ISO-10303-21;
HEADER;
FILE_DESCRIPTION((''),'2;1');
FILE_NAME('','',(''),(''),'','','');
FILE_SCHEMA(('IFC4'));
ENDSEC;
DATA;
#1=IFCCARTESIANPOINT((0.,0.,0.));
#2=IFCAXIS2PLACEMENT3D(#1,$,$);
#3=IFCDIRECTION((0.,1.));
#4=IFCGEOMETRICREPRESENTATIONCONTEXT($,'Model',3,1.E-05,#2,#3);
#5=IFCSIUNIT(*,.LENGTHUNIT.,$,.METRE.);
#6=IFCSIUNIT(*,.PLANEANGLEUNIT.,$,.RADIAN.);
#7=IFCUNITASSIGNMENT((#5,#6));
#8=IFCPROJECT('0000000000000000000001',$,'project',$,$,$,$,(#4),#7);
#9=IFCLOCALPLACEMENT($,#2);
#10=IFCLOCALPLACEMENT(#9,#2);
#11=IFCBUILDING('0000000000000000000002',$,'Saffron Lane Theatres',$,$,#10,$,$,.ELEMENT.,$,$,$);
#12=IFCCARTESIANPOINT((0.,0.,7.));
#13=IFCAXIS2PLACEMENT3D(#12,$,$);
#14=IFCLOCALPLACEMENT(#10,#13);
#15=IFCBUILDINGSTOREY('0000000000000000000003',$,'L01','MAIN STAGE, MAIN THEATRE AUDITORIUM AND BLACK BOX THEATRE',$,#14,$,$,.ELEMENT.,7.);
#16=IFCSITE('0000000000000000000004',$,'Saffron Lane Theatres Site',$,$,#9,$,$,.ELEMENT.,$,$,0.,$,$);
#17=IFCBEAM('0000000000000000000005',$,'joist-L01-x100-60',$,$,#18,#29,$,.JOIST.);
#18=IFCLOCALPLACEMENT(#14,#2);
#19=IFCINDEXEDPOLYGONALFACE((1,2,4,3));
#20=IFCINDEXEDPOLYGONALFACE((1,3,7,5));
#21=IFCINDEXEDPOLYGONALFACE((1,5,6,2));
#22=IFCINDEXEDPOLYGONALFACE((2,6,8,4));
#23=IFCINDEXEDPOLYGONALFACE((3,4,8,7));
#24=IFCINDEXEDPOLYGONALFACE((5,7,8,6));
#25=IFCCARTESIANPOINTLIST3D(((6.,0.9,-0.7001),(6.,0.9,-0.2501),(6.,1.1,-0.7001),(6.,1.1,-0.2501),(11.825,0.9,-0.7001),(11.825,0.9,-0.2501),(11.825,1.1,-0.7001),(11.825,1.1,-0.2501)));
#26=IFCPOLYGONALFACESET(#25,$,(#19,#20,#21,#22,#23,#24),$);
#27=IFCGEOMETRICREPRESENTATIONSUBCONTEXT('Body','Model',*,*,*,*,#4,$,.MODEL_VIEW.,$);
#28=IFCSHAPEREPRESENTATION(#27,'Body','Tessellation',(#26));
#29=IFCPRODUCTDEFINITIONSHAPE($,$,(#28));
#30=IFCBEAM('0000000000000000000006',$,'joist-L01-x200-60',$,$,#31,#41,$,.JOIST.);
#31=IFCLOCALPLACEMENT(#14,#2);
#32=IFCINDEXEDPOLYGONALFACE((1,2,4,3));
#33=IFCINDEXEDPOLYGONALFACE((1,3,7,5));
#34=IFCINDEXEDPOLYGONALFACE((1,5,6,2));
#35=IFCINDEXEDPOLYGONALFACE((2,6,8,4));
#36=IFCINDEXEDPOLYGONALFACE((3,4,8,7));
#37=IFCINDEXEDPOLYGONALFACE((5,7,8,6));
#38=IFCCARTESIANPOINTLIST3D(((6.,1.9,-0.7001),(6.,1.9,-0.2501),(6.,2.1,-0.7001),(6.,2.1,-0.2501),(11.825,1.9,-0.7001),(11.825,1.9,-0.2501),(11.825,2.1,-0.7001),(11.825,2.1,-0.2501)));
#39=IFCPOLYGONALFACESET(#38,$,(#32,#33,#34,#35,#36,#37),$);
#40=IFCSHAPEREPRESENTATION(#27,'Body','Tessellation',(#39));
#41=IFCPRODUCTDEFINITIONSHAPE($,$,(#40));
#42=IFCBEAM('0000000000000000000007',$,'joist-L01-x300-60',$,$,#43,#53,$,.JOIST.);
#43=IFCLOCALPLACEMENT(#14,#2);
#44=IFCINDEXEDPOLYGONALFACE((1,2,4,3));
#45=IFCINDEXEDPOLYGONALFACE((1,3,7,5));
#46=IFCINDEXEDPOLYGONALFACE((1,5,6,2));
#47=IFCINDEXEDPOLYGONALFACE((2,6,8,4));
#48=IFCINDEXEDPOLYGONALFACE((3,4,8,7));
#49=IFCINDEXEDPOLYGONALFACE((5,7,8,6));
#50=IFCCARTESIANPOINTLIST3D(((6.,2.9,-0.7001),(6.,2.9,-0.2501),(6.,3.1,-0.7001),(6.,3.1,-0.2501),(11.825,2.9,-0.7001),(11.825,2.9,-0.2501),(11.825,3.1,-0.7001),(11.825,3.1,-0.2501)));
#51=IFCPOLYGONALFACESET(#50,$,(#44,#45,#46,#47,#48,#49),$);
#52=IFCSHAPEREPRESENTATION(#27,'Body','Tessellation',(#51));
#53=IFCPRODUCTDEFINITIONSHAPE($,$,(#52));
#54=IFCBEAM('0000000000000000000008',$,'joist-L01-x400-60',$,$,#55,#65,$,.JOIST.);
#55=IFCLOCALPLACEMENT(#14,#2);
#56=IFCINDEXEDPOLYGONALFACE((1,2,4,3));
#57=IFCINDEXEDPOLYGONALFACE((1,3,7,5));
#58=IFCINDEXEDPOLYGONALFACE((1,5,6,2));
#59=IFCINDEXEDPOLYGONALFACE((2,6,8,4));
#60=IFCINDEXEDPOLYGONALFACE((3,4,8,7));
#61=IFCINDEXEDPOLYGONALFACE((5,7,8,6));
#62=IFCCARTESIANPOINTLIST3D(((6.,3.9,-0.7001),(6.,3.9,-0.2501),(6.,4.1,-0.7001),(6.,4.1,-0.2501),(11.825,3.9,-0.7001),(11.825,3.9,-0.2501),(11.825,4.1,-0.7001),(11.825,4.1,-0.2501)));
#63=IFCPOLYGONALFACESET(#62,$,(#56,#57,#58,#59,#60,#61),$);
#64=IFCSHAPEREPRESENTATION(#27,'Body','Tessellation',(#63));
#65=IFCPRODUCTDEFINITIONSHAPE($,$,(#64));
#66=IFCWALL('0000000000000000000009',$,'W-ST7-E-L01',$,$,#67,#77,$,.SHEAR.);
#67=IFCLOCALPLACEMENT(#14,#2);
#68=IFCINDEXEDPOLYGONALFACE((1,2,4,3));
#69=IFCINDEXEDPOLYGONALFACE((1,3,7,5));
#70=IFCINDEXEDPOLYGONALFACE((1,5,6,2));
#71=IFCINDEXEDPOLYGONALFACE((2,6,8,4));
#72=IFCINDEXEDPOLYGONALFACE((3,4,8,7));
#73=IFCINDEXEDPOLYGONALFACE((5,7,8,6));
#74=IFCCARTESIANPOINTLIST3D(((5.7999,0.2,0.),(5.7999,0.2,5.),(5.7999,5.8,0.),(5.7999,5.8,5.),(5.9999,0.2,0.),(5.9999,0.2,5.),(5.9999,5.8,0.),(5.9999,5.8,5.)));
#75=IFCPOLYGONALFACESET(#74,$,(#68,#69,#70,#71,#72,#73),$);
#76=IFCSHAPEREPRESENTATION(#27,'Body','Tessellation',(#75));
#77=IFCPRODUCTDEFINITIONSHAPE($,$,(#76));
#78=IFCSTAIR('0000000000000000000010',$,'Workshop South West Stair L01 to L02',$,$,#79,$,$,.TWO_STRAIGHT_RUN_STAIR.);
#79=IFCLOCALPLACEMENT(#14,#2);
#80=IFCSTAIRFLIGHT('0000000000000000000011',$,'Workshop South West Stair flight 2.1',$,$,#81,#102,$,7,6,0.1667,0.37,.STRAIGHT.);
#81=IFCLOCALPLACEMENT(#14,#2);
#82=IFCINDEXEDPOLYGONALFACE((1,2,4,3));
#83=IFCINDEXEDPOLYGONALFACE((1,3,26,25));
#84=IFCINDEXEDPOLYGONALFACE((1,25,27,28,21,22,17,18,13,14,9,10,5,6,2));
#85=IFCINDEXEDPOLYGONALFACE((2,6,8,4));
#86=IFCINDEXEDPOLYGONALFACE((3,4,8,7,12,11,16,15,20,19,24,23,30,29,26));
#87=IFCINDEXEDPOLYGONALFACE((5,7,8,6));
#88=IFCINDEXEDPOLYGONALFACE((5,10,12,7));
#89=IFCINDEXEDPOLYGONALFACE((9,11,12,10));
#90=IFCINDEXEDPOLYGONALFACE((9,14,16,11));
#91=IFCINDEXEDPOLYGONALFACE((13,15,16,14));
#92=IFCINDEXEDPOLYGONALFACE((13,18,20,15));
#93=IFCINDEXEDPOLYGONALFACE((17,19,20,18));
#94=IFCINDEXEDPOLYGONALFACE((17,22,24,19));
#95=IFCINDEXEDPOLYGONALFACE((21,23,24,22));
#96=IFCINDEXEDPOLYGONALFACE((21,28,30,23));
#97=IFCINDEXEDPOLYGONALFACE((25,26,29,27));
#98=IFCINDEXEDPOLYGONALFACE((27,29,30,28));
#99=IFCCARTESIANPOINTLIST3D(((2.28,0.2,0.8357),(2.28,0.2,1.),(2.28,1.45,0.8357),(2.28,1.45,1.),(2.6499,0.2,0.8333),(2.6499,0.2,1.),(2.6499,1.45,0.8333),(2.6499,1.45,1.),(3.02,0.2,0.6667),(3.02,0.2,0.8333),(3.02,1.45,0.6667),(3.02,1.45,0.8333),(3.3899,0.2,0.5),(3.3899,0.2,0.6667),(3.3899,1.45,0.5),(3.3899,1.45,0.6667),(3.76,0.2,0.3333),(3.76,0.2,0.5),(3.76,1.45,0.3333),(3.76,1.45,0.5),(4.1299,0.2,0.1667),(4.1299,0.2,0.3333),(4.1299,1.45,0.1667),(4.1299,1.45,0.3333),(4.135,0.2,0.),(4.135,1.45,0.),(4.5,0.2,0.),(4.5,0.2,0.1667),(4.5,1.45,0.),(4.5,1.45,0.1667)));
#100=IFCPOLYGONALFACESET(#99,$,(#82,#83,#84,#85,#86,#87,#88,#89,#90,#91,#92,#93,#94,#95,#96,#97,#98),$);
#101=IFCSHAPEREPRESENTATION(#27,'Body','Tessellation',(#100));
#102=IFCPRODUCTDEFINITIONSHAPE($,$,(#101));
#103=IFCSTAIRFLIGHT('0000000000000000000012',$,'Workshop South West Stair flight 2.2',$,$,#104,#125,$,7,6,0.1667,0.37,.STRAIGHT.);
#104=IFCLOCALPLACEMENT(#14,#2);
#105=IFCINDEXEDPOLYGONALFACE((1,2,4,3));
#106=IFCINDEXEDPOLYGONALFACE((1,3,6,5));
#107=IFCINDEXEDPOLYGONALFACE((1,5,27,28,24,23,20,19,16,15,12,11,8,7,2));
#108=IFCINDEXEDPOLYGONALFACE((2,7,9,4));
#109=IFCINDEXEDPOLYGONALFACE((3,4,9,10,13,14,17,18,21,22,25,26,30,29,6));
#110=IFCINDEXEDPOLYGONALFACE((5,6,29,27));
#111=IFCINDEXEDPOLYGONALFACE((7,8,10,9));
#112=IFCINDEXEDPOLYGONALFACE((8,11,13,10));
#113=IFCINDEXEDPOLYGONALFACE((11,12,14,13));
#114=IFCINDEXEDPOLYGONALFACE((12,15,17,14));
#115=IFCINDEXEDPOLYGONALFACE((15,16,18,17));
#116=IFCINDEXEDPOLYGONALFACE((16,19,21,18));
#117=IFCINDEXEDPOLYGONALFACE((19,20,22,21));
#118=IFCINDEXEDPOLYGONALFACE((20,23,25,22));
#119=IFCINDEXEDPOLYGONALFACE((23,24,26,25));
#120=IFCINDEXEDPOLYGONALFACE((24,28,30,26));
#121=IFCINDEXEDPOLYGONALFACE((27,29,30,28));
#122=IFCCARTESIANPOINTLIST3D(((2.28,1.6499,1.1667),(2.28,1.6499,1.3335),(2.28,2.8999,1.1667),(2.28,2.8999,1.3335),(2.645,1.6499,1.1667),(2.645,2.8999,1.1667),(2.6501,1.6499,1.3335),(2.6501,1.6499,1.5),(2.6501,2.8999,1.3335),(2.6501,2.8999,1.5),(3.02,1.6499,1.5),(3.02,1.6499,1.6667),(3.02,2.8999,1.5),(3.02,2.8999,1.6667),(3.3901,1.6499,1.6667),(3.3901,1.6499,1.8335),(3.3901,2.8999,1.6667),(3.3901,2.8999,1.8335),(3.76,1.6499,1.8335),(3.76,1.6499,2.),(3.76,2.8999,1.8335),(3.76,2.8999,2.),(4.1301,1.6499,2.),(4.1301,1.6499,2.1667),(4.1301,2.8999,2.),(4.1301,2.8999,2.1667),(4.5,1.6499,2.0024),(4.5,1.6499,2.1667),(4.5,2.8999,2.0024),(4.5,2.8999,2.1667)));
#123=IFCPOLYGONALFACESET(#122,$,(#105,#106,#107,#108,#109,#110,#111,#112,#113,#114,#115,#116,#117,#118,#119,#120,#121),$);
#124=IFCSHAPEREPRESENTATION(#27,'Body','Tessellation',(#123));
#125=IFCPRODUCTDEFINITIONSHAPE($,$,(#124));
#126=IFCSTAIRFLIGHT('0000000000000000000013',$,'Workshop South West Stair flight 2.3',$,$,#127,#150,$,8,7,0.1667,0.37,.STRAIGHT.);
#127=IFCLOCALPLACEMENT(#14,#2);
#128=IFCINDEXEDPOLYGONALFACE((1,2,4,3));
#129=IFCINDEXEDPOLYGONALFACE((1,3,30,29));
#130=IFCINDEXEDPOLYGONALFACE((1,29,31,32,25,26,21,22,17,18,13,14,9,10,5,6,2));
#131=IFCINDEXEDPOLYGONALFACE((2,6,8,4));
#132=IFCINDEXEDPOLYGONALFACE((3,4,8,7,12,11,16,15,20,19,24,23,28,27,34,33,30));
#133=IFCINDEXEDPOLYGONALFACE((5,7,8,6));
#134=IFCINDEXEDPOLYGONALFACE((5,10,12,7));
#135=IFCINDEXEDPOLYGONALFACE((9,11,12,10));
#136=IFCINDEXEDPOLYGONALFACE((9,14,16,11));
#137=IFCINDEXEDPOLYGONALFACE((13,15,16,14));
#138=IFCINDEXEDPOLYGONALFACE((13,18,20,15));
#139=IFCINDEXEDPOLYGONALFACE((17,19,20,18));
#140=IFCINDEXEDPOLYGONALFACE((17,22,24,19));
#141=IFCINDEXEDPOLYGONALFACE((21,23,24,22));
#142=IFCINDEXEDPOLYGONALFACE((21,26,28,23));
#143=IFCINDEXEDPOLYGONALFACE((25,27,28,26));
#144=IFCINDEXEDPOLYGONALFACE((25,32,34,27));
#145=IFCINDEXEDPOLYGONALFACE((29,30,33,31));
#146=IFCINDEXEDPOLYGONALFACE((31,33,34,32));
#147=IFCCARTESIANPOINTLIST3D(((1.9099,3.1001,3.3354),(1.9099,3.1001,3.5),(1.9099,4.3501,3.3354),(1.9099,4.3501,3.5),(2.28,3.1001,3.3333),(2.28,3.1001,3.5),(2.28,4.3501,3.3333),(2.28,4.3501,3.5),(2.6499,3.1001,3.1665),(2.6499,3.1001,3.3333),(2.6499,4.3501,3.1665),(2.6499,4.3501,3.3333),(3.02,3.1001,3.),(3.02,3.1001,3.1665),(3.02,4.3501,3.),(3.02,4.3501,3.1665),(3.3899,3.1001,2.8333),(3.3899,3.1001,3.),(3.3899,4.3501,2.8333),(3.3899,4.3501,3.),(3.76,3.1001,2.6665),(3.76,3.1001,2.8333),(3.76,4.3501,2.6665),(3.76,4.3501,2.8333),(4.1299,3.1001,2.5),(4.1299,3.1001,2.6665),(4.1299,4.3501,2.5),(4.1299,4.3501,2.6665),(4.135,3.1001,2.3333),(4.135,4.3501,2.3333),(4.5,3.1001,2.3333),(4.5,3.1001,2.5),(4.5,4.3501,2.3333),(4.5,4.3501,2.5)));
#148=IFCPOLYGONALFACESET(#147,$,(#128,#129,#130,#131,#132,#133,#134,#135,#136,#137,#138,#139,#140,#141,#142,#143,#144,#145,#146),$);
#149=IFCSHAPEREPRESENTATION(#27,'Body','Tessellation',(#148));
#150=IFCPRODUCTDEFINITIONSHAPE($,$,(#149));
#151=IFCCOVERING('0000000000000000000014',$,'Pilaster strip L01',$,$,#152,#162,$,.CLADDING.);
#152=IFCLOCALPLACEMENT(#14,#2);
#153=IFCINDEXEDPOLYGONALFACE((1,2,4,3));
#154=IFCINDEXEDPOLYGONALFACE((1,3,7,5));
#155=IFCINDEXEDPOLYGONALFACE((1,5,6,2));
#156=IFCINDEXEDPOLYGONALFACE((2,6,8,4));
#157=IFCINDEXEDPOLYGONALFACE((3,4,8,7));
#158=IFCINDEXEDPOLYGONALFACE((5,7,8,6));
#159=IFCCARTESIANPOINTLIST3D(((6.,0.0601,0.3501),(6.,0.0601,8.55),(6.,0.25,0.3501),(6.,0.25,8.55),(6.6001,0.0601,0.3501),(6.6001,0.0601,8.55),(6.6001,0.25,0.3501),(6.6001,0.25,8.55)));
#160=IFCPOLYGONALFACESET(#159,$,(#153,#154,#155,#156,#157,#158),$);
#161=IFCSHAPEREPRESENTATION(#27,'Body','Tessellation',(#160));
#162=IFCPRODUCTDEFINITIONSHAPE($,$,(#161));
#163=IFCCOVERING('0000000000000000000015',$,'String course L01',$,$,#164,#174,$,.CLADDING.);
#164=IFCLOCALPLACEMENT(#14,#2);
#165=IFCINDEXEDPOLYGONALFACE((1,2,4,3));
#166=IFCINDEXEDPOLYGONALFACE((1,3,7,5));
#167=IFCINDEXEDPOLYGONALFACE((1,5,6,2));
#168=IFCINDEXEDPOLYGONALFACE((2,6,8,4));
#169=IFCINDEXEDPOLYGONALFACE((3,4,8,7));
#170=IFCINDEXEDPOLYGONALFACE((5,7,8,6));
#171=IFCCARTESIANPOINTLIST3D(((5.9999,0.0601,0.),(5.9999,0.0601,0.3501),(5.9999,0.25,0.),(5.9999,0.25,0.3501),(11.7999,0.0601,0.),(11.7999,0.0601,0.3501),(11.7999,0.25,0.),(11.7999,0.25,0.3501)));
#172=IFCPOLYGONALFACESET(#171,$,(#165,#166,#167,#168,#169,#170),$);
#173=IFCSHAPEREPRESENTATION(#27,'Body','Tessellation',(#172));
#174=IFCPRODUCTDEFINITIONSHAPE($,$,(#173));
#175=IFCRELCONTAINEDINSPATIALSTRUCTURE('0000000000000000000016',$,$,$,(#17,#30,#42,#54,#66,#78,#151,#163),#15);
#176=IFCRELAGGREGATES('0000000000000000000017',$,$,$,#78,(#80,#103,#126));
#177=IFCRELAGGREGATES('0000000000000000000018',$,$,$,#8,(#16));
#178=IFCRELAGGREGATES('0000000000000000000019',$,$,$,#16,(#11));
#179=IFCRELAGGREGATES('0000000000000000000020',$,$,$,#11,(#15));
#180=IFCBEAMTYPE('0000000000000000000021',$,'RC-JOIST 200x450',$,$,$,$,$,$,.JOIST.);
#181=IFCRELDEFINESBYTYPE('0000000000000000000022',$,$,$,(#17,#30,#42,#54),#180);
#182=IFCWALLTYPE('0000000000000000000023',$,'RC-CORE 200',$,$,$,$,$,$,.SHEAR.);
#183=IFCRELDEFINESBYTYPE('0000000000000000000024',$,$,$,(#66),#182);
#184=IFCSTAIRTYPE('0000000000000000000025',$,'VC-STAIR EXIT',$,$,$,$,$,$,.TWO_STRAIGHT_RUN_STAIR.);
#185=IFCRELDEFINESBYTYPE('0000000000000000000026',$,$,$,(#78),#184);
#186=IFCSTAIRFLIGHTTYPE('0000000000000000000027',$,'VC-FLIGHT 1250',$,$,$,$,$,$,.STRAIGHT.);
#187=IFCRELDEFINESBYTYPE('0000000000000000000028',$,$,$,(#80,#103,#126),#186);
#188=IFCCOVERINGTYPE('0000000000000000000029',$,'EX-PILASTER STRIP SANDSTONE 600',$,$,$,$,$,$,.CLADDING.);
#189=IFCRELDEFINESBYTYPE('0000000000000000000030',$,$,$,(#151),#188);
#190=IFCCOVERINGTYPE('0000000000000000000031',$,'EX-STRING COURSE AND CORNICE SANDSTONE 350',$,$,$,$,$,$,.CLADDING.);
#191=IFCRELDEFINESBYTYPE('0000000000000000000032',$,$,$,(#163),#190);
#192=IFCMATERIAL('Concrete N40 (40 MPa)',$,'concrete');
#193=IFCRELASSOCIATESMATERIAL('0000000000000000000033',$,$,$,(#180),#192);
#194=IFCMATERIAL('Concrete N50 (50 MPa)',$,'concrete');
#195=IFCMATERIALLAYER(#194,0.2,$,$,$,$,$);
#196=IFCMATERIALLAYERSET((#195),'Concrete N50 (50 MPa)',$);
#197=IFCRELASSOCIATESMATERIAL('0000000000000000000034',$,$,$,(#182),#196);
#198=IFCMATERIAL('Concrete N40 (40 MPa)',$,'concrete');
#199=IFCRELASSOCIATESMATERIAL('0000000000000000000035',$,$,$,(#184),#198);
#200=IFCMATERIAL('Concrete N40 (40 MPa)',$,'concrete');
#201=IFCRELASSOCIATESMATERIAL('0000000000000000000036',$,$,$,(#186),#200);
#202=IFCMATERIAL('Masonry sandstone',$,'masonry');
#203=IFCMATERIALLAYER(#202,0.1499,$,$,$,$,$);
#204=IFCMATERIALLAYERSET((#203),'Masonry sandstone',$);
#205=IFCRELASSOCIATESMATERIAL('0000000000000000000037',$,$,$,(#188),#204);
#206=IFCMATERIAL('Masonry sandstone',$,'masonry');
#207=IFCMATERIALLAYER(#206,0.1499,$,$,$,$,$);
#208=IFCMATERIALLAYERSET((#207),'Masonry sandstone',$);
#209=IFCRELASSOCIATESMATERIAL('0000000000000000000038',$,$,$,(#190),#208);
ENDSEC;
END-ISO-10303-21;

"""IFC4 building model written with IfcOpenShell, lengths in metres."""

from ifc_helpers import new_model, si_unit, direction, frame, frame_2d, origin, origin_2d, place, context, subcontext, project, spatial, polyline, rectangle, outline, extrude, material, layer, layer_set, material_profile, profile_set, type_object, element, aggregate, save


model = new_model("IFC4")

# Units and contexts
model_context = context("Model", 3, precision=1e-05, world=origin(), true_north=direction((0.0, 1.0)))
body_context = subcontext(model_context, "Body", "Model", "MODEL_VIEW")
ifc_project = project(units=[si_unit("LENGTHUNIT", "METRE"), si_unit("PLANEANGLEUNIT", "RADIAN")], contexts=[model_context])

# Site, building, storey
site_placement = place(None, origin())
site = spatial("IfcSite", under=ifc_project, at=site_placement, Name="Saffron Lane Theatres Site", CompositionType="ELEMENT", RefElevation=0.0)
building_placement = place(site_placement, origin())
building = spatial("IfcBuilding", under=site, at=building_placement, Name="Saffron Lane Theatres", CompositionType="ELEMENT")
storey_placement = place(building_placement, frame((0.0, 0.0, 7.0)))
storey = spatial("IfcBuildingStorey", under=building, at=storey_placement, Name="L01", Description="MAIN STAGE, MAIN THEATRE AUDITORIUM AND BLACK BOX THEATRE", CompositionType="ELEMENT", Elevation=7.0)

# Beams
ifc_material_1 = material(Name="Concrete N40 (40 MPa)", Category="concrete")
ifc_material_profile = material_profile(ifc_material_1, rectangle(XDim=0.2, YDim=0.45, at=origin_2d()))
ifc_profile_set = profile_set([ifc_material_profile], Name="Concrete N40 (40 MPa)")
beam_type = type_object("IfcBeamType", Name="RC-JOIST 200x450", PredefinedType="JOIST", material=ifc_profile_set)
for number, where, z_axis, x_axis, name in (
    (1, (6.0, 1.0, -0.4751), (1.0, 0.0, 0.0), (0.0, 1.0, 0.0), "joist-L01-x100-60"),
    (2, (6.0, 2.0, -0.4751), (1.0, 0.0, 0.0), (0.0, 1.0, 0.0), "joist-L01-x200-60"),
    (3, (6.0, 3.0, -0.4751), (1.0, 0.0, 0.0), (0.0, 1.0, 0.0), "joist-L01-x300-60"),
    (4, (6.0, 4.0, -0.4751), (1.0, 0.0, 0.0), (0.0, 1.0, 0.0), "joist-L01-x400-60"),
):
    element("IfcBeam", number, at=place(storey_placement, frame(where, z_axis=z_axis, x_axis=x_axis)), inside=storey, type_object=beam_type, Name=name, PredefinedType="JOIST", context=body_context, shape_type="SweptSolid", body=[
        extrude(rectangle(XDim=0.2, YDim=0.45, at=origin_2d()), origin(), (0.0, 0.0, 1.0), 5.825),
    ])

# Wall
ifc_material_2 = material(Name="Concrete N50 (50 MPa)", Category="concrete")
ifc_layer_1 = layer(ifc_material_2, 0.2)
ifc_layer_set_1 = layer_set([ifc_layer_1], Name="Concrete N50 (50 MPa)")
wall_type = type_object("IfcWallType", Name="RC-CORE 200", PredefinedType="SHEAR", material=ifc_layer_set_1)
wall_placement = place(storey_placement, frame((5.8999, 0.2, 0.0), z_axis=(0.0, 0.0, 1.0), x_axis=(0.0, 1.0, 0.0)))
element("IfcWall", 5, at=wall_placement, inside=storey, type_object=wall_type, Name="W-ST7-E-L01", PredefinedType="SHEAR", context=body_context, shape_type="SweptSolid", body=[
    extrude(rectangle(XDim=5.6001, YDim=0.2, at=frame_2d((2.8, 0.0))), origin(), (0.0, 0.0, 1.0), 5.0),
])

# Stair, stair flights
ifc_material_3 = material(Name="Concrete N40 (40 MPa)", Category="concrete")
stair_type = type_object("IfcStairType", Name="VC-STAIR EXIT", PredefinedType="TWO_STRAIGHT_RUN_STAIR", material=ifc_material_3)
stair_placement = place(storey_placement, origin())
stair = element("IfcStair", 6, at=stair_placement, inside=storey, type_object=stair_type, Name="Workshop South West Stair L01 to L02", PredefinedType="TWO_STRAIGHT_RUN_STAIR")
ifc_material_4 = material(Name="Concrete N40 (40 MPa)", Category="concrete")
stair_flight_type = type_object("IfcStairFlightType", Name="VC-FLIGHT 1250", PredefinedType="STRAIGHT", material=ifc_material_4)
stair_flight_1_placement = place(storey_placement, frame((4.5, 0.825, 0.0), z_axis=(0.0, 0.0, 1.0), x_axis=(-1.0, 0.0, 0.0)))
stair_flight_1 = element("IfcStairFlight", 7, at=stair_flight_1_placement, type_object=stair_flight_type, Name="Workshop South West Stair flight 2.1", NumberOfRisers=7, NumberOfTreads=6, PredefinedType="STRAIGHT", RiserHeight=0.1667, TreadLength=0.37, context=body_context, shape_type="SweptSolid", body=[
    extrude(outline(polyline([(0.0, 0.0), (0.0, 0.1667), (0.3701, 0.1667), (0.3701, 0.3333), (0.74, 0.3333), (0.74, 0.5), (1.1101, 0.5), (1.1101, 0.6667), (1.48, 0.6667), (1.48, 0.8333), (1.8501, 0.8333), (1.8501, 1.0), (2.22, 1.0), (2.22, 1.1667), (2.22, 0.8357), (0.365, 0.0), (0.0, 0.0)])), frame((0.0, 0.625, 0.0), z_axis=(0.0, -1.0, 0.0), x_axis=(1.0, 0.0, 0.0)), (0.0, 0.0, 1.0), 1.25),
])
stair_flight_2_placement = place(storey_placement, frame((2.28, 2.2749, 1.1667), z_axis=(0.0, 0.0, 1.0), x_axis=(1.0, 0.0, 0.0)))
stair_flight_2 = element("IfcStairFlight", 8, at=stair_flight_2_placement, type_object=stair_flight_type, Name="Workshop South West Stair flight 2.2", NumberOfRisers=7, NumberOfTreads=6, PredefinedType="STRAIGHT", RiserHeight=0.1667, TreadLength=0.37, context=body_context, shape_type="SweptSolid", body=[
    extrude(outline(polyline([(0.0, 0.0), (0.0, 0.1667), (0.3701, 0.1667), (0.3701, 0.3333), (0.74, 0.3333), (0.74, 0.5), (1.1101, 0.5), (1.1101, 0.6667), (1.48, 0.6667), (1.48, 0.8333), (1.8501, 0.8333), (1.8501, 1.0), (2.22, 1.0), (2.22, 1.1667), (2.22, 0.8357), (0.365, 0.0), (0.0, 0.0)])), frame((0.0, 0.625, 0.0), z_axis=(0.0, -1.0, 0.0), x_axis=(1.0, 0.0, 0.0)), (0.0, 0.0, 1.0), 1.25),
])
stair_flight_3_placement = place(storey_placement, frame((4.5, 3.7251, 2.3333), z_axis=(0.0, 0.0, 1.0), x_axis=(-1.0, 0.0, 0.0)))
stair_flight_3 = element("IfcStairFlight", 9, at=stair_flight_3_placement, type_object=stair_flight_type, Name="Workshop South West Stair flight 2.3", NumberOfRisers=8, NumberOfTreads=7, PredefinedType="STRAIGHT", RiserHeight=0.1667, TreadLength=0.37, context=body_context, shape_type="SweptSolid", body=[
    extrude(outline(polyline([(0.0, 0.0), (0.0, 0.1667), (0.3701, 0.1667), (0.3701, 0.3333), (0.74, 0.3333), (0.74, 0.5), (1.1101, 0.5), (1.1101, 0.6667), (1.48, 0.6667), (1.48, 0.8333), (1.8501, 0.8333), (1.8501, 1.0), (2.22, 1.0), (2.22, 1.1667), (2.5901, 1.1667), (2.5901, 1.3333), (2.5901, 1.0022), (0.365, 0.0), (0.0, 0.0)])), frame((0.0, 0.625, 0.0), z_axis=(0.0, -1.0, 0.0), x_axis=(1.0, 0.0, 0.0)), (0.0, 0.0, 1.0), 1.25),
])
aggregate(stair, [stair_flight_1, stair_flight_2, stair_flight_3])

# Coverings
ifc_material_5 = material(Name="Masonry sandstone", Category="masonry")
ifc_layer_2 = layer(ifc_material_5, 0.1499)
ifc_layer_set_2 = layer_set([ifc_layer_2], Name="Masonry sandstone")
covering_type_1 = type_object("IfcCoveringType", Name="EX-PILASTER STRIP SANDSTONE 600", PredefinedType="CLADDING", material=ifc_layer_set_2)
covering_1_placement = place(storey_placement, frame((6.3, 0.155, 0.3501), z_axis=(0.0, 0.0, 1.0), x_axis=(-1.0, 0.0, 0.0)))
element("IfcCovering", 10, at=covering_1_placement, inside=storey, type_object=covering_type_1, Name="Pilaster strip L01", PredefinedType="CLADDING", context=body_context, shape_type="SweptSolid", body=[
    extrude(rectangle(XDim=0.6001, YDim=0.1899, at=origin_2d()), origin(), (0.0, 0.0, 1.0), 8.2),
])
ifc_material_6 = material(Name="Masonry sandstone", Category="masonry")
ifc_layer_3 = layer(ifc_material_6, 0.1499)
ifc_layer_set_3 = layer_set([ifc_layer_3], Name="Masonry sandstone")
covering_type_2 = type_object("IfcCoveringType", Name="EX-STRING COURSE AND CORNICE SANDSTONE 350", PredefinedType="CLADDING", material=ifc_layer_set_3)
covering_2_placement = place(storey_placement, frame((8.8999, 0.155, 0.0), z_axis=(0.0, 0.0, 1.0), x_axis=(-1.0, 0.0, 0.0)))
element("IfcCovering", 11, at=covering_2_placement, inside=storey, type_object=covering_type_2, Name="String course L01", PredefinedType="CLADDING", context=body_context, shape_type="SweptSolid", body=[
    extrude(rectangle(XDim=5.8, YDim=0.1899, at=origin_2d()), origin(), (0.0, 0.0, 1.0), 0.3501),
])

save(model, "model.ifc")
